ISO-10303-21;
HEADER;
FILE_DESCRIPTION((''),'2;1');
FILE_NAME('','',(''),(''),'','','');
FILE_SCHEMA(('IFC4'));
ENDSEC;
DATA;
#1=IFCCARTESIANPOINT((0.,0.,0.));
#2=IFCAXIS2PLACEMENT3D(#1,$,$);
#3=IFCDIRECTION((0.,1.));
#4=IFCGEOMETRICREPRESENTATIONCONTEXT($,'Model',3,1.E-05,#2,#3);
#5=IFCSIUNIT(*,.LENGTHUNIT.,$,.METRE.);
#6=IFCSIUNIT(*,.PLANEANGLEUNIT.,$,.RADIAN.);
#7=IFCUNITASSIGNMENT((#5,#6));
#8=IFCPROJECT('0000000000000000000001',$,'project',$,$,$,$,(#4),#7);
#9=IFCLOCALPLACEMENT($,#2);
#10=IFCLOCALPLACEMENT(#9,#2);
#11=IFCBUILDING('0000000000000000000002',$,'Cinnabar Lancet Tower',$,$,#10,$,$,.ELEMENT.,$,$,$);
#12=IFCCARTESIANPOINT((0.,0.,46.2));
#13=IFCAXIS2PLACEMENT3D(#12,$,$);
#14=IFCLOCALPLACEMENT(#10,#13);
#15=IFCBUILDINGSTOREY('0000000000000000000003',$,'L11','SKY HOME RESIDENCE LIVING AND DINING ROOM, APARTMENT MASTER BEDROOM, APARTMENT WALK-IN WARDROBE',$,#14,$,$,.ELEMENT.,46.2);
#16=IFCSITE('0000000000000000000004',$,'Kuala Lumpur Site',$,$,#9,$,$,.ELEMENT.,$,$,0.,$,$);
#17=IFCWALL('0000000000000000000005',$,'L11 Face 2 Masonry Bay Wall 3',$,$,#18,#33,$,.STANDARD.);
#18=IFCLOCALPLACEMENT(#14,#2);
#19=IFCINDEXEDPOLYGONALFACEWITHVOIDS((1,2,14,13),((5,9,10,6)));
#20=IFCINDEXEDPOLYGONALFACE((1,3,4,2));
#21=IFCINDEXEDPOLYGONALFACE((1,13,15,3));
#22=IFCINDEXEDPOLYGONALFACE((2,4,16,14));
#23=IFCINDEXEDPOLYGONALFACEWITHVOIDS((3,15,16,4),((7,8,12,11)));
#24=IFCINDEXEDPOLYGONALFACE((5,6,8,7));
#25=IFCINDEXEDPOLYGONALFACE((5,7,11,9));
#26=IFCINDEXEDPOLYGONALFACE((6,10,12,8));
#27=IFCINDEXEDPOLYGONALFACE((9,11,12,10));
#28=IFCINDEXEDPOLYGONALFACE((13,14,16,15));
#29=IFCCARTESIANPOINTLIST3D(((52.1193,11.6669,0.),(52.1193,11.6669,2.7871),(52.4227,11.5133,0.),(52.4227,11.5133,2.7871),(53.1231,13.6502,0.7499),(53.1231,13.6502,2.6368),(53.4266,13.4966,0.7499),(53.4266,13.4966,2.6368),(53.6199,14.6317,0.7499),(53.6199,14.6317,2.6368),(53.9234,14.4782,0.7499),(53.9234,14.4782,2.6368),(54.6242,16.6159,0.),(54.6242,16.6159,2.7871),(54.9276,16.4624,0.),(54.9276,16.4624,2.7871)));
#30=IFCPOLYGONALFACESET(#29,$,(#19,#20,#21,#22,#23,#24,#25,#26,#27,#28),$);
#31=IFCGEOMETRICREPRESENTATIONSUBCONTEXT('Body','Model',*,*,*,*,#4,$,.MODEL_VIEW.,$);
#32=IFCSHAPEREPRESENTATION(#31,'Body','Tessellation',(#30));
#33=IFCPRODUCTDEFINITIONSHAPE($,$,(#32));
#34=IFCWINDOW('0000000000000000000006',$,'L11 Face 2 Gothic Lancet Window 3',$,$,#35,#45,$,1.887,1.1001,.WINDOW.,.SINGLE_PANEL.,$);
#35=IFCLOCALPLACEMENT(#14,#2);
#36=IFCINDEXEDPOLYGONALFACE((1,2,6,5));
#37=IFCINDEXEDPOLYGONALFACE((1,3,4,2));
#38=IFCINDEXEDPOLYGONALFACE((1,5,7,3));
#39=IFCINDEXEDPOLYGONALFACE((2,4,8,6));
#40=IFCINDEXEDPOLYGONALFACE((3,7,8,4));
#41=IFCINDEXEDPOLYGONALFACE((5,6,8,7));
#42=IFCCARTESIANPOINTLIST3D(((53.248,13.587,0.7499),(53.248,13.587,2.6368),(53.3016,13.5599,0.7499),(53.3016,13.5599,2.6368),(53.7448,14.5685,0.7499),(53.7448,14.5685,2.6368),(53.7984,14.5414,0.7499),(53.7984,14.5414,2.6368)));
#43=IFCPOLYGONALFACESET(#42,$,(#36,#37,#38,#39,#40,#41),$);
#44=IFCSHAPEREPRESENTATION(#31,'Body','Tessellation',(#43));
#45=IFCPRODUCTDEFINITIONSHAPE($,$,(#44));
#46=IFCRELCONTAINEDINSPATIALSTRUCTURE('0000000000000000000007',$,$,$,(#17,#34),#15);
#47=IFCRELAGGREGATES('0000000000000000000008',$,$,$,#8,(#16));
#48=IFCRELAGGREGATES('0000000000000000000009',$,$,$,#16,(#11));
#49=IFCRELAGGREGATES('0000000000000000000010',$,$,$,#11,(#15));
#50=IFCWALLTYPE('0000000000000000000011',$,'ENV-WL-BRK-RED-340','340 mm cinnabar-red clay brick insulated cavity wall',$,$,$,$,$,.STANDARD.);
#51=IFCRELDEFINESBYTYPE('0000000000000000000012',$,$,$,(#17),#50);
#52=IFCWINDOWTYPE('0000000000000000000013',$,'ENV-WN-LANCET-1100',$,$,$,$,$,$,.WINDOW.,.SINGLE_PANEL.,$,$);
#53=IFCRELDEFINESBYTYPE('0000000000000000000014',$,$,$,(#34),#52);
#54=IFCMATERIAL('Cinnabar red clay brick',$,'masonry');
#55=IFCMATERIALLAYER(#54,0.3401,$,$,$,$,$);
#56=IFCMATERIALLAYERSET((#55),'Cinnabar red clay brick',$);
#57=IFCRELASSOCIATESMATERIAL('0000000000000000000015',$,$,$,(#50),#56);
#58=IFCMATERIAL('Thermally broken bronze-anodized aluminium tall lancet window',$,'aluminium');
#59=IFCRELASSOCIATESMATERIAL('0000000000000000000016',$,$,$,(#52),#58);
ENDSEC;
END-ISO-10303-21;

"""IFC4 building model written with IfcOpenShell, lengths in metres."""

from ifc_helpers import new_model, si_unit, direction, frame, frame_2d, origin, place, context, subcontext, project, spatial, rectangle, extrude, material, layer, layer_set, type_object, element, fill, save


model = new_model("IFC4")

# Units and contexts
model_context = context("Model", 3, precision=1e-05, world=origin(), true_north=direction((0.0, 1.0)))
body_context = subcontext(model_context, "Body", "Model", "MODEL_VIEW")
ifc_project = project(units=[si_unit("LENGTHUNIT", "METRE"), si_unit("PLANEANGLEUNIT", "RADIAN")], contexts=[model_context])

# Site, building, storey
site_placement = place(None, origin())
site = spatial("IfcSite", under=ifc_project, at=site_placement, Name="Kuala Lumpur Site", CompositionType="ELEMENT", RefElevation=0.0)
building_placement = place(site_placement, origin())
building = spatial("IfcBuilding", under=site, at=building_placement, Name="Cinnabar Lancet Tower", CompositionType="ELEMENT")
storey_placement = place(building_placement, frame((0.0, 0.0, 46.2)))
storey = spatial("IfcBuildingStorey", under=building, at=storey_placement, Name="L11", Description="SKY HOME RESIDENCE LIVING AND DINING ROOM, APARTMENT MASTER BEDROOM, APARTMENT WALK-IN WARDROBE", CompositionType="ELEMENT", Elevation=46.2)

# Shared definitions
ifc_material_1 = material(Name="Cinnabar red clay brick", Category="masonry")
ifc_layer_1 = layer(ifc_material_1, 0.3401)
ifc_layer_set_1 = layer_set([ifc_layer_1], Name="Cinnabar red clay brick")
wall_type_1 = type_object("IfcWallType", Name="ENV-WL-BRK-RED-340", Description="340 mm cinnabar-red clay brick insulated cavity wall", PredefinedType="STANDARD", material=ifc_layer_set_1)

# Wall, opening, window
ifc_material_2 = material(Name="Thermally broken bronze-anodized aluminium tall lancet window", Category="aluminium")
window_type = type_object("IfcWindowType", Name="ENV-WN-LANCET-1100", PartitioningType="SINGLE_PANEL", PredefinedType="WINDOW", material=ifc_material_2)
wall_1_placement = place(storey_placement, frame((52.271, 11.5901, 0.0), z_axis=(0.0, 0.0, 1.0), x_axis=(0.451592, 0.892225, 0.0)))
wall_1 = element("IfcWall", 1, at=wall_1_placement, inside=storey, type_object=wall_type_1, Name="L11 Face 2 Masonry Bay Wall 3", PredefinedType="STANDARD", context=body_context, shape_type="SweptSolid", body=[
    extrude(rectangle(XDim=5.5469, YDim=0.3401, at=frame_2d((2.7734, 0.0))), origin(), (0.0, 0.0, 1.0), 2.7871),
])
opening_1_placement = place(wall_1_placement, frame((2.2229, 0.0, 0.75)))
opening_1 = element("IfcOpeningElement", 2, at=opening_1_placement, cuts=wall_1, PredefinedType="OPENING", context=body_context, shape_type="SweptSolid", body=[
    extrude(rectangle(XDim=1.1001, YDim=1.887, at=frame_2d((0.55, 0.9434))), frame((0.0, 0.1799, 0.0), z_axis=(0.0, -1.0, 0.0), x_axis=(1.0, 0.0, 0.0)), (0.0, 0.0, 1.0), 0.3601),
])
window_1_placement = place(opening_1_placement, origin())
window_1 = element("IfcWindow", 3, at=window_1_placement, inside=storey, type_object=window_type, Name="L11 Face 2 Gothic Lancet Window 3", OverallHeight=1.887, OverallWidth=1.1001, PartitioningType="SINGLE_PANEL", PredefinedType="WINDOW", context=body_context, shape_type="SweptSolid", body=[
    extrude(rectangle(XDim=1.1001, YDim=1.887, at=frame_2d((0.55, 0.9434))), frame((0.0, 0.03, 0.0), z_axis=(0.0, -1.0, 0.0), x_axis=(1.0, 0.0, 0.0)), (0.0, 0.0, 1.0), 0.0601),
])
fill(opening_1, window_1)

save(model, "model.ifc")
